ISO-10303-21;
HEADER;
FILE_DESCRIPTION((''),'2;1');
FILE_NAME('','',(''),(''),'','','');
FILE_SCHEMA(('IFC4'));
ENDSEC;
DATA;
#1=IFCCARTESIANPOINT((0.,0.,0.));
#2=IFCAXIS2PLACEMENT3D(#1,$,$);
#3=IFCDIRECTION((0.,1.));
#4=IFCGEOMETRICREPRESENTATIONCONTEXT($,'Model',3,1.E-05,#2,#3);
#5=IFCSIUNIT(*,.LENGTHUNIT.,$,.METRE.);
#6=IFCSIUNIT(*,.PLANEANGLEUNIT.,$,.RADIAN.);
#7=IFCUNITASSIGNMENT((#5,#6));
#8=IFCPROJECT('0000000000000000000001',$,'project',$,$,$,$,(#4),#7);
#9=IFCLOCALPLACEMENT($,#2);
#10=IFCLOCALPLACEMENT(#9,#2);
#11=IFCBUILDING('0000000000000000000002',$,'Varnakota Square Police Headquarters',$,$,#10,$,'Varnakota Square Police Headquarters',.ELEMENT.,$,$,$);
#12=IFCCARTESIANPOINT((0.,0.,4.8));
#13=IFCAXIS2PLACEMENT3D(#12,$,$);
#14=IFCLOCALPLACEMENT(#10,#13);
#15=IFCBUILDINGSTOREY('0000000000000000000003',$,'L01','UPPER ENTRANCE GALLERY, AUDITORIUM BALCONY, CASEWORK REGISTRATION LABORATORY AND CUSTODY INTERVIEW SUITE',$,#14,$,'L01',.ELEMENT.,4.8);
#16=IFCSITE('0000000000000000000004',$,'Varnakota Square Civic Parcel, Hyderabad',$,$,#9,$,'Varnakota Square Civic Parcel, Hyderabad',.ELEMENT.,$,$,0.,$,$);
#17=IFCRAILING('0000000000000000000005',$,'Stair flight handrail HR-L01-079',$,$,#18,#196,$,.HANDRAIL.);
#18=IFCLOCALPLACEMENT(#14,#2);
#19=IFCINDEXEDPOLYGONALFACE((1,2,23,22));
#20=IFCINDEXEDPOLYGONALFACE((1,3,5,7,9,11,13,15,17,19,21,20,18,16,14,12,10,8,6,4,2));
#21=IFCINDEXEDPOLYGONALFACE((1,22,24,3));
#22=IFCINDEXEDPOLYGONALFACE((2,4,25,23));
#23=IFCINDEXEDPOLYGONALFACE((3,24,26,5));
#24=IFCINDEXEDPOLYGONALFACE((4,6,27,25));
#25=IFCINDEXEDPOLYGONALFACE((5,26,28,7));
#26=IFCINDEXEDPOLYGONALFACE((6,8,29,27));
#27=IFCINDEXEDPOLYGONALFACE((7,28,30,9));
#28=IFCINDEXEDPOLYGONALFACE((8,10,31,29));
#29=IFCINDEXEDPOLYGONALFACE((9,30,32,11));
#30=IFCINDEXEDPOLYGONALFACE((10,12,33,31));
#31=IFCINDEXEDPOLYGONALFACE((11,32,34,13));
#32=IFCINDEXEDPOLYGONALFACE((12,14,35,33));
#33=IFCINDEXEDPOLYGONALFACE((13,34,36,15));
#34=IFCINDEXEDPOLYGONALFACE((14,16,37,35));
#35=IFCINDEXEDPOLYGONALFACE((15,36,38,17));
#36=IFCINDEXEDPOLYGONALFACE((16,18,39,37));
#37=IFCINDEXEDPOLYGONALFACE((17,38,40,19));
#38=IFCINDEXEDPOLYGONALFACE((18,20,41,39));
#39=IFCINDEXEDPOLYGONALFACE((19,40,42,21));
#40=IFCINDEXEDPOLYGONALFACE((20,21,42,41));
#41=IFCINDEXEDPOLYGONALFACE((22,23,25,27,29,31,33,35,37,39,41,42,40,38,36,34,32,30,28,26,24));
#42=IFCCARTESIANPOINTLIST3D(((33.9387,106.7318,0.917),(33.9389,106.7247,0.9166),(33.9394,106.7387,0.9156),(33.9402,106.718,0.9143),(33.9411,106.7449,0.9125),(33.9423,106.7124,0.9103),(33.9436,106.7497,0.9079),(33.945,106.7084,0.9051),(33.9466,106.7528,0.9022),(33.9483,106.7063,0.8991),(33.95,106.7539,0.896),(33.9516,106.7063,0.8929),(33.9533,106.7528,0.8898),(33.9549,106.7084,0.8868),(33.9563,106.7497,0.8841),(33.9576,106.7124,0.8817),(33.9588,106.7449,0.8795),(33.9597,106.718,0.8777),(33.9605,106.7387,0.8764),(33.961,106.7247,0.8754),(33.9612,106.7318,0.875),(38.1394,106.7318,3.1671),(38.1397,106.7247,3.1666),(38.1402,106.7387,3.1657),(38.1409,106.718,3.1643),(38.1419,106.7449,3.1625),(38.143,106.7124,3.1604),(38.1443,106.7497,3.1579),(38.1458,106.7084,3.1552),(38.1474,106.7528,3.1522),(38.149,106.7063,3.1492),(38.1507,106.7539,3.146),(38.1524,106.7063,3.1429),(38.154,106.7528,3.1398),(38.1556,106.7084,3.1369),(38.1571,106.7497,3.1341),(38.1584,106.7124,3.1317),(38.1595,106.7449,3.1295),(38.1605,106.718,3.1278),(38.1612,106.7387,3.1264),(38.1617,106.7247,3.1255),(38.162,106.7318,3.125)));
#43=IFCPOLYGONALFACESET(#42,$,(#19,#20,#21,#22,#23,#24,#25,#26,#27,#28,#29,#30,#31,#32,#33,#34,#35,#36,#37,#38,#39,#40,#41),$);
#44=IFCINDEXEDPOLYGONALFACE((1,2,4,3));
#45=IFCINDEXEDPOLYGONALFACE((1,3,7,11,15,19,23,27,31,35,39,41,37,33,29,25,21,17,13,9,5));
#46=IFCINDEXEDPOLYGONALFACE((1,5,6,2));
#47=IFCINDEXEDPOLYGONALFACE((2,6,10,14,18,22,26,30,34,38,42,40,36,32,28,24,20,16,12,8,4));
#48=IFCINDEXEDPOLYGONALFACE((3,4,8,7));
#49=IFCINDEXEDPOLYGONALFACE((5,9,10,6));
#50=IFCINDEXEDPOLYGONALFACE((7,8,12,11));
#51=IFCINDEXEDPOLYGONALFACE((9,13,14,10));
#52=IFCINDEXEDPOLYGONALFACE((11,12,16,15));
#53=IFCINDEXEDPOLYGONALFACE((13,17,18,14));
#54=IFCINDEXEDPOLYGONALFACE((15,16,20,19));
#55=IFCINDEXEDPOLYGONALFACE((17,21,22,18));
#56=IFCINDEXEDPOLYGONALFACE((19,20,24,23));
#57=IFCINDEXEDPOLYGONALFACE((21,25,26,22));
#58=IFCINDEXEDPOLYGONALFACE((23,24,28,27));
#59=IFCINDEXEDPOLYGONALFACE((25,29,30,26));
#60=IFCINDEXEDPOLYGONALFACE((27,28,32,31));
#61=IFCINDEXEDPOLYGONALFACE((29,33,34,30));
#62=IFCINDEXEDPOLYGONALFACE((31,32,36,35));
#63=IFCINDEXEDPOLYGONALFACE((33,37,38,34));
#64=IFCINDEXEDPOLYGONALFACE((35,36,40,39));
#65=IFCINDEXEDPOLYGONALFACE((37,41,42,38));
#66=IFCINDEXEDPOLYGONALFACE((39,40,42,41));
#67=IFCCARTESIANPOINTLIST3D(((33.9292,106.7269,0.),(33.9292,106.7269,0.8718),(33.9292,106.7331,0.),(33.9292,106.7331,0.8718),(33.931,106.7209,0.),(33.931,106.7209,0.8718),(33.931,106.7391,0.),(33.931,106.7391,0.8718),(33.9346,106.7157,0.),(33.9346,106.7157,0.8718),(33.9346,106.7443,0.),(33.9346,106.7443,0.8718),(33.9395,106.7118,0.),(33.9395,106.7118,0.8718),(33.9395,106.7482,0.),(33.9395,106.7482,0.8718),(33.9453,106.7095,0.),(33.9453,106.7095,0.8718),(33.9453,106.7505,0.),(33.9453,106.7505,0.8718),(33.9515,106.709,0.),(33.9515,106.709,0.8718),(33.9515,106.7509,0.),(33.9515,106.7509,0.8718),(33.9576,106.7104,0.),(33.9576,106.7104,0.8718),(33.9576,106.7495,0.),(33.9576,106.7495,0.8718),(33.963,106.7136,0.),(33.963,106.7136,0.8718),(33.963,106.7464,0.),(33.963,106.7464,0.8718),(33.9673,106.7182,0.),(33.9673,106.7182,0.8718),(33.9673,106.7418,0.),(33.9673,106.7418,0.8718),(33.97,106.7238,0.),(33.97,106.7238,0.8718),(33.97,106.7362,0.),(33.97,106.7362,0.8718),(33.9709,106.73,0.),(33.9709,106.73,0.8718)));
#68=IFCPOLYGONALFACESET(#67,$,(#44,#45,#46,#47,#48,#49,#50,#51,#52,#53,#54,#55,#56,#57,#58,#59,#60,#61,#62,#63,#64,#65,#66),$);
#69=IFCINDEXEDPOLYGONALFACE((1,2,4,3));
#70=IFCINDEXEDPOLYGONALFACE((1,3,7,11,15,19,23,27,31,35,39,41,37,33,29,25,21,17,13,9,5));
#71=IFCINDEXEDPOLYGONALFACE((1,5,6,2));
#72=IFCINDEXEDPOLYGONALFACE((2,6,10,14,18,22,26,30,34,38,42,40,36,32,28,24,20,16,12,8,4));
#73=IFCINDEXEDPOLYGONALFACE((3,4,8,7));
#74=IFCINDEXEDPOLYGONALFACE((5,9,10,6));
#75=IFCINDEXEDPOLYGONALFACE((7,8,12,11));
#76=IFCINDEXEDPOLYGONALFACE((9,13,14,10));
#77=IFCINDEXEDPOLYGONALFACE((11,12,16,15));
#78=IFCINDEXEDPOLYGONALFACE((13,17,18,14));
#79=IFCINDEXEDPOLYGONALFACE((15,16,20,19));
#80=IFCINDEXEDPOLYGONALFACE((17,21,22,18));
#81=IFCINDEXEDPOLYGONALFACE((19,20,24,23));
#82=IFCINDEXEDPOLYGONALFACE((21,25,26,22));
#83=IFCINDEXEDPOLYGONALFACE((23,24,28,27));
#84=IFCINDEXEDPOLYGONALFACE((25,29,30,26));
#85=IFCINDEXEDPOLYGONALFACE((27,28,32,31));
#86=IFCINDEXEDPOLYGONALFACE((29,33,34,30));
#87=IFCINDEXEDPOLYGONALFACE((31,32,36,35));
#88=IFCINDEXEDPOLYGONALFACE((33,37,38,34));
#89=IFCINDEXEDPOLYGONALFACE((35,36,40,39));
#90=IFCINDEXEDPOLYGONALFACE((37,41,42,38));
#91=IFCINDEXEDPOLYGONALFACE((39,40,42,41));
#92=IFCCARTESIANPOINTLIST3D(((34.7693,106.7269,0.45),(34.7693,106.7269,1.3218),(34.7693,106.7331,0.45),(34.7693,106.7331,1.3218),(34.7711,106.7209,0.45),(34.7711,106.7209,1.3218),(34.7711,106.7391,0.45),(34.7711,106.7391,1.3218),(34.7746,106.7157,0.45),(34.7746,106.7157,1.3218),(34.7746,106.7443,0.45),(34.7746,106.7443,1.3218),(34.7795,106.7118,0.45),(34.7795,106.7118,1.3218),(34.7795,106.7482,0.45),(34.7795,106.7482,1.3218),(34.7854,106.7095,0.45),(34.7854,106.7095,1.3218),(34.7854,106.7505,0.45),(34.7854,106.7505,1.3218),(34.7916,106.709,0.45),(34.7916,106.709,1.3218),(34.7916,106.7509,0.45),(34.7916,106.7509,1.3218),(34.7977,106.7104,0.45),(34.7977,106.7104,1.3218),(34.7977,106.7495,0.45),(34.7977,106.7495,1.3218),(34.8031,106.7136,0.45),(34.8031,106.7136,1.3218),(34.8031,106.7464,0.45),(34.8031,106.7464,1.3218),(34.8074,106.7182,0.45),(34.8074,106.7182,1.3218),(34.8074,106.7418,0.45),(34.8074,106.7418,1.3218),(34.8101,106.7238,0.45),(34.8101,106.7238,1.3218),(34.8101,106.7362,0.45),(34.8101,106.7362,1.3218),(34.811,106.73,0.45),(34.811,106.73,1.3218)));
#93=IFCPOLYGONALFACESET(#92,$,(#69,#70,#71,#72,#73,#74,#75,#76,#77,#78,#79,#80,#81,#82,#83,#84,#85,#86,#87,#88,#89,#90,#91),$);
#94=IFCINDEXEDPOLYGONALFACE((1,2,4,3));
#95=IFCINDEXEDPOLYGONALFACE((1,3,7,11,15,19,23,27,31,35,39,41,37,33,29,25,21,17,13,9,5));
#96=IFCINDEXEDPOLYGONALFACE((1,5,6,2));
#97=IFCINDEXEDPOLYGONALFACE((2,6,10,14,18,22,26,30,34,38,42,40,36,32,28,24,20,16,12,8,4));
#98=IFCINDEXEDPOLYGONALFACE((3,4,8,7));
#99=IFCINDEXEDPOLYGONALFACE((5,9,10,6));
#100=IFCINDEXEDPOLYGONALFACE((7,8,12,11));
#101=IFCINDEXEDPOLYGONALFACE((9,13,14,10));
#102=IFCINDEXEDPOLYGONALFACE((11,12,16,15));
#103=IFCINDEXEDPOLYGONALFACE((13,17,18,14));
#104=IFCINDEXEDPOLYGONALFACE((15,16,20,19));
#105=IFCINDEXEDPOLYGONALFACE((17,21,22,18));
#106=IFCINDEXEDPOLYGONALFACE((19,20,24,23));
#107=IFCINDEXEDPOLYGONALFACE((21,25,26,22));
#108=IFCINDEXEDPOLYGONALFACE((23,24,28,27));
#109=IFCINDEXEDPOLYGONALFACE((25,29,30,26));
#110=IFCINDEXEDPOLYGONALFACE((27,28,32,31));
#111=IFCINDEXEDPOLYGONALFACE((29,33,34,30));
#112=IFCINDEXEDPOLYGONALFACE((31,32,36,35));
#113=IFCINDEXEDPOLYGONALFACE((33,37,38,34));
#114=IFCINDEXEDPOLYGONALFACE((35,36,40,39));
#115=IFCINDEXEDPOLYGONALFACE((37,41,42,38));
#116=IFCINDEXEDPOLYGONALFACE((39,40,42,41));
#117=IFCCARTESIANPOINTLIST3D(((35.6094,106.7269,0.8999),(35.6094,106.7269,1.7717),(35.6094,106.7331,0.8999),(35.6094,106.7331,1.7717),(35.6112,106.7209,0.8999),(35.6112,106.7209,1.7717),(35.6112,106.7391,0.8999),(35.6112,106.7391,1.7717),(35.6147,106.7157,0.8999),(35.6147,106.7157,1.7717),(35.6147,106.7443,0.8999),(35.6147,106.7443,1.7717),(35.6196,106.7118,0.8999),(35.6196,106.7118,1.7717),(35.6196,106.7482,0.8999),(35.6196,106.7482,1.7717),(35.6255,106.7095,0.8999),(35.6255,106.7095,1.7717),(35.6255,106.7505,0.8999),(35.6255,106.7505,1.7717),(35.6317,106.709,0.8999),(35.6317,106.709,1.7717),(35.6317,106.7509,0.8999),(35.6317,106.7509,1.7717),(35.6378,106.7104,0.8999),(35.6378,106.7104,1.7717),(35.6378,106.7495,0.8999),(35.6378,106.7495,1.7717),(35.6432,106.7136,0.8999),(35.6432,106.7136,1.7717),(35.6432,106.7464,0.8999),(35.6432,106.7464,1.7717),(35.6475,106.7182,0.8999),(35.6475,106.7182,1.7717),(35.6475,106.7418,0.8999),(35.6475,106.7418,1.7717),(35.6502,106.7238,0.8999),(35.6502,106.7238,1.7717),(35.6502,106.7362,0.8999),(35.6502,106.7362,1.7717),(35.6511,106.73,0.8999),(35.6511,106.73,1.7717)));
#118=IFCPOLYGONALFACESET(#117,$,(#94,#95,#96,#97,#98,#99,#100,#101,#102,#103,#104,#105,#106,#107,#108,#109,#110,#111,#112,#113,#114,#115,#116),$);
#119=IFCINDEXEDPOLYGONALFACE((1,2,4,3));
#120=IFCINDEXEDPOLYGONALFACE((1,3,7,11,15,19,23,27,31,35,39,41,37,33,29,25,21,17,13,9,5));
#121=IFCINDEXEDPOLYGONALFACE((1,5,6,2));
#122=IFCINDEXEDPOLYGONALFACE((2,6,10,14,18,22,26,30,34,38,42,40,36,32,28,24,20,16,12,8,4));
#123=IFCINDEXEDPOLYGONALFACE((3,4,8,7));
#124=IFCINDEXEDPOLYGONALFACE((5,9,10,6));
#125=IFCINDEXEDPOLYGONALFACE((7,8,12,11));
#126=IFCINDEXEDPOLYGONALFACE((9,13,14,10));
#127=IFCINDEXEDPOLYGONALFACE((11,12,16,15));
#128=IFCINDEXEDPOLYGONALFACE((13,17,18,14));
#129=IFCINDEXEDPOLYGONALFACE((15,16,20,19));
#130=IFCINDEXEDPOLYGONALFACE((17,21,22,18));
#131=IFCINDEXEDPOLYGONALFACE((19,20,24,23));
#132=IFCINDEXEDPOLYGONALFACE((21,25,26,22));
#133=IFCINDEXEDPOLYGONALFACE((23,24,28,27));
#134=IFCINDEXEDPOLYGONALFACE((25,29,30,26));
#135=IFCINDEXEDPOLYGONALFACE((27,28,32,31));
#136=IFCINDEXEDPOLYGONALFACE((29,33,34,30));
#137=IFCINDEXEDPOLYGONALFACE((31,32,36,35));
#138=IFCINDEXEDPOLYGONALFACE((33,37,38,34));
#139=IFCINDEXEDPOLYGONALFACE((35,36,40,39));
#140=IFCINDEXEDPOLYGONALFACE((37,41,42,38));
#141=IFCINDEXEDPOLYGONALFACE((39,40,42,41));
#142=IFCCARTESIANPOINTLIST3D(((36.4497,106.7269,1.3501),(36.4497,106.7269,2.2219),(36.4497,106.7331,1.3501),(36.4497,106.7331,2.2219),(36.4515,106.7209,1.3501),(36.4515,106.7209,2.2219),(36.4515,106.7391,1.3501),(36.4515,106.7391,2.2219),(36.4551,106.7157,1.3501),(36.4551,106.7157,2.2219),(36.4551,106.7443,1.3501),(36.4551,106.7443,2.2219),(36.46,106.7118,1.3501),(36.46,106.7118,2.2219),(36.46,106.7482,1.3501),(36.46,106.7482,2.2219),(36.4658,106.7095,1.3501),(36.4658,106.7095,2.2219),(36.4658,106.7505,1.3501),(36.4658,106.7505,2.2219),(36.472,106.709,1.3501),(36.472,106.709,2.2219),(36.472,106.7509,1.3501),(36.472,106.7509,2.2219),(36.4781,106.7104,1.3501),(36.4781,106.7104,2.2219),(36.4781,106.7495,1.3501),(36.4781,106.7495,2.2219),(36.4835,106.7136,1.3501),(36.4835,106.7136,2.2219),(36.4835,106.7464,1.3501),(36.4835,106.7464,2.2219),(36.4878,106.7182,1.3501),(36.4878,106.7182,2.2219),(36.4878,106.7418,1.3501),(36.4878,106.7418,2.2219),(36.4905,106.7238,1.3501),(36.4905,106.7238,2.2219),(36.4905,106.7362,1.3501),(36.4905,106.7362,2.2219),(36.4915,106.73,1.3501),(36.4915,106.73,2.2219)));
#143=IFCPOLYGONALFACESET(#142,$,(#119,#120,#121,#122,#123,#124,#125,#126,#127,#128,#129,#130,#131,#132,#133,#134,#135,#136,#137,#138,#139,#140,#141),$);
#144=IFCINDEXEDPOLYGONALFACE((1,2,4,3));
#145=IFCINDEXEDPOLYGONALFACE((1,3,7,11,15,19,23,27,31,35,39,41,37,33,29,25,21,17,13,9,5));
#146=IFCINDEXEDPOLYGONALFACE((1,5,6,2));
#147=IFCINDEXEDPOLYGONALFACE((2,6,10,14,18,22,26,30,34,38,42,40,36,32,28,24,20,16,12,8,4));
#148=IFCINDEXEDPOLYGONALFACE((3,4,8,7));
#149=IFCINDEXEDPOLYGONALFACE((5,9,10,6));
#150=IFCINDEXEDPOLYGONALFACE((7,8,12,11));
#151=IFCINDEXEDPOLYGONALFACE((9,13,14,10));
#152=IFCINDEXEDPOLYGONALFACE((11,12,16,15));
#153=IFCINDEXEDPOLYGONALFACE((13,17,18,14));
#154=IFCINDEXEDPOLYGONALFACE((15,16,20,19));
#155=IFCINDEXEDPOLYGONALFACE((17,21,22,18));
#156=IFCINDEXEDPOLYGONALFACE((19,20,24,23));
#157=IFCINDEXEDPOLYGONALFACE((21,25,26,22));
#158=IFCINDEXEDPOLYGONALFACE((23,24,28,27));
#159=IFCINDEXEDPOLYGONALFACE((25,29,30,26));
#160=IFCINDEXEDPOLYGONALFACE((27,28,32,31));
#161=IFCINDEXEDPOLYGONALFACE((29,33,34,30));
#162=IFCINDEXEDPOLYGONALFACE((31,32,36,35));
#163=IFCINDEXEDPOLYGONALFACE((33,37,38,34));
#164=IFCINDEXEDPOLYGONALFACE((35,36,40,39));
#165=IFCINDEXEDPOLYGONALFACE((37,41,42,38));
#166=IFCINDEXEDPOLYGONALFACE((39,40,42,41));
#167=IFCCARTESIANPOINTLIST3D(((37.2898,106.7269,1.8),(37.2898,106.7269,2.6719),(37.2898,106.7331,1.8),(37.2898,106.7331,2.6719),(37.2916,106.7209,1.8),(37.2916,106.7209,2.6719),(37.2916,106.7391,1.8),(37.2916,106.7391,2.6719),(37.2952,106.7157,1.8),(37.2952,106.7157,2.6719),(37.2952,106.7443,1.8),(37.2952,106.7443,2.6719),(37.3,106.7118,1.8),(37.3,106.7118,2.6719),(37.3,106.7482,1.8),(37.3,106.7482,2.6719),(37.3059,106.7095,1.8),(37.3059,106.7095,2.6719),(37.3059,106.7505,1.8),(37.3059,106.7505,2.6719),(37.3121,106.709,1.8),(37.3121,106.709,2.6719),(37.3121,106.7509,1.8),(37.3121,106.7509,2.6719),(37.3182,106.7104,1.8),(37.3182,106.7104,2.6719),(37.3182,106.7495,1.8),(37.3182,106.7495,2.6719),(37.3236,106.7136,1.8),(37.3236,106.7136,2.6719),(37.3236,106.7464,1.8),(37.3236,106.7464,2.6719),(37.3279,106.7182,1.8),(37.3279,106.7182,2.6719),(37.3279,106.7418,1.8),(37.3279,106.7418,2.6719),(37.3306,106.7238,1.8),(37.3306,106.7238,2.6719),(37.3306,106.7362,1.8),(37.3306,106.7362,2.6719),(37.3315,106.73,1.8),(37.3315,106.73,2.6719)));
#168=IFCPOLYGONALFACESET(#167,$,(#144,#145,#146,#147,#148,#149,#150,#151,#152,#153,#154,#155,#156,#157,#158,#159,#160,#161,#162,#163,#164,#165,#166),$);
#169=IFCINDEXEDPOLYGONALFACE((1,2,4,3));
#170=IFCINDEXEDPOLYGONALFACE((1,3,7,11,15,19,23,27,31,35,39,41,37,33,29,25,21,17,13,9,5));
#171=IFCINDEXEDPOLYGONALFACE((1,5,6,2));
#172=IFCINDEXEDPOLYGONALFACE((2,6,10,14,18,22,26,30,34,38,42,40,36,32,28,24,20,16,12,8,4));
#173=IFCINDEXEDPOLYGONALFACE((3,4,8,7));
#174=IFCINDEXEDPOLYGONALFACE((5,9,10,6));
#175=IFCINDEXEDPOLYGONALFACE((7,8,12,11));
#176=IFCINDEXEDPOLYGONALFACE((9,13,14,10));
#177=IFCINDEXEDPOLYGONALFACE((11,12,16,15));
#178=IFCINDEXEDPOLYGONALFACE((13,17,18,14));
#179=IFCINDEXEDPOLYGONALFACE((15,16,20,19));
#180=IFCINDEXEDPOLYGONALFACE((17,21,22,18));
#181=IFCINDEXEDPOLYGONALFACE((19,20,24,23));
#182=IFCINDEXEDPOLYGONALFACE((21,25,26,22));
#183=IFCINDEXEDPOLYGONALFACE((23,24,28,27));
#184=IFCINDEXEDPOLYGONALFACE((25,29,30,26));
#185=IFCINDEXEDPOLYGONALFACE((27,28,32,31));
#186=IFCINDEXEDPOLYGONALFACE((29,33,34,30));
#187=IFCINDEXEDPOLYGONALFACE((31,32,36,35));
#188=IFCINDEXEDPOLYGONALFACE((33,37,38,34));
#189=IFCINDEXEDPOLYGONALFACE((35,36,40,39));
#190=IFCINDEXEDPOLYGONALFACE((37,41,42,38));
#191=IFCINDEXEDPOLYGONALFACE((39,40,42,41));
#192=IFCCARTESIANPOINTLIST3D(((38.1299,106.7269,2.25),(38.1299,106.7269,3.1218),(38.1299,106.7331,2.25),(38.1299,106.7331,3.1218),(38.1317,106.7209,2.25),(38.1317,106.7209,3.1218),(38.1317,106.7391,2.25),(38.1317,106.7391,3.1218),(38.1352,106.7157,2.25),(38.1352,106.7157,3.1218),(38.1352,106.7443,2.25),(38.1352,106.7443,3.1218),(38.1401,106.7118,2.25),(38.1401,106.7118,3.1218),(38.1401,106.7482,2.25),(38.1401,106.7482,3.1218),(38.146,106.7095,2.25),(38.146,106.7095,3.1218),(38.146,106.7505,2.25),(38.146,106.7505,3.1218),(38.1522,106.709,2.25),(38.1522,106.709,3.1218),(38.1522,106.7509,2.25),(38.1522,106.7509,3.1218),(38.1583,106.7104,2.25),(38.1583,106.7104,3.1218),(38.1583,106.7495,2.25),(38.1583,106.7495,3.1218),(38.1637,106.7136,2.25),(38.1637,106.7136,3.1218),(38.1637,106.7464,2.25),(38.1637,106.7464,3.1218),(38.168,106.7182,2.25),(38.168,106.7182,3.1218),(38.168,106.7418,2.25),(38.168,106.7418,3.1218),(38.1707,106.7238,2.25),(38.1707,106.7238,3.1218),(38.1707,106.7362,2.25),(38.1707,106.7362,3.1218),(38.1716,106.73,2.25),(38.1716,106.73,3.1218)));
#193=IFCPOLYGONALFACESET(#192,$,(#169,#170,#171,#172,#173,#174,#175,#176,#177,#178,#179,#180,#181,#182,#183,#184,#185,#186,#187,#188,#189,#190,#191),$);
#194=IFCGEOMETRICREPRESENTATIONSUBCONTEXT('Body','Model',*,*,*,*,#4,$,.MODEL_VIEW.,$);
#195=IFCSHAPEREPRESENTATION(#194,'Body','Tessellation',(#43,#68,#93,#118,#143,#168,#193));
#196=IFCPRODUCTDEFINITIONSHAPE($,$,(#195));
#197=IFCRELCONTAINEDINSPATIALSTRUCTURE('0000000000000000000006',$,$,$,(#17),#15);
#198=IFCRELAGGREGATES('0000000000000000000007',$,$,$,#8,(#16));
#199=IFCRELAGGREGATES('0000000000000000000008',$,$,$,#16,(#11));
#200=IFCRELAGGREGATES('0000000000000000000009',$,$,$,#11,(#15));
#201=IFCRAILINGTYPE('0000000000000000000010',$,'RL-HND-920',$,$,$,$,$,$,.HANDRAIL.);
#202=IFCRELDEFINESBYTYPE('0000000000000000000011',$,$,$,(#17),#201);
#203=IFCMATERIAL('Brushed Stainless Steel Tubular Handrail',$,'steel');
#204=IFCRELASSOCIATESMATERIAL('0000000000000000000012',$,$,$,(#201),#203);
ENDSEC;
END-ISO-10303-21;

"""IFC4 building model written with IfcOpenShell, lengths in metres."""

from ifc_helpers import new_model, si_unit, direction, frame, origin, origin_2d, place, context, subcontext, project, spatial, circle, extrude, material, type_object, element, save


model = new_model("IFC4")

# Units and contexts
model_context = context("Model", 3, precision=1e-05, world=origin(), true_north=direction((0.0, 1.0)))
body_context = subcontext(model_context, "Body", "Model", "MODEL_VIEW")
ifc_project = project(units=[si_unit("LENGTHUNIT", "METRE"), si_unit("PLANEANGLEUNIT", "RADIAN")], contexts=[model_context])

# Site, building, storey
site_placement = place(None, origin())
site = spatial("IfcSite", under=ifc_project, at=site_placement, Name="Varnakota Square Civic Parcel, Hyderabad", LongName="Varnakota Square Civic Parcel, Hyderabad", CompositionType="ELEMENT", RefElevation=0.0)
building_placement = place(site_placement, origin())
building = spatial("IfcBuilding", under=site, at=building_placement, Name="Varnakota Square Police Headquarters", LongName="Varnakota Square Police Headquarters", CompositionType="ELEMENT")
storey_placement = place(building_placement, frame((0.0, 0.0, 4.8)))
storey = spatial("IfcBuildingStorey", under=building, at=storey_placement, Name="L01", Description="UPPER ENTRANCE GALLERY, AUDITORIUM BALCONY, CASEWORK REGISTRATION LABORATORY AND CUSTODY INTERVIEW SUITE", LongName="L01", CompositionType="ELEMENT", Elevation=4.8)

# Railing
ifc_material_1 = material(Name="Brushed Stainless Steel Tubular Handrail", Category="steel")
railing_type_1 = type_object("IfcRailingType", Name="RL-HND-920", PredefinedType="HANDRAIL", material=ifc_material_1)
railing_1_placement = place(storey_placement, frame((33.95, 106.73, 0.0)))
element("IfcRailing", 1, at=railing_1_placement, inside=storey, type_object=railing_type_1, Name="Stair flight handrail HR-L01-079", PredefinedType="HANDRAIL", context=body_context, shape_type="SweptSolid", body=[
    extrude(circle(Radius=0.0239, at=origin_2d()), frame((0.0, 0.0, 0.896), z_axis=(0.881512, 0.0, 0.472162), x_axis=(0.0, 1.0, 0.0)), (0.0, 0.0, 1.0), 4.7654),
    extrude(circle(Radius=0.021, at=origin_2d()), origin(), (0.0, 0.0, 1.0), 0.8718),
    extrude(circle(Radius=0.021, at=origin_2d()), frame((0.8401, 0.0, 0.45)), (0.0, 0.0, 1.0), 0.8718),
    extrude(circle(Radius=0.021, at=origin_2d()), frame((1.6802, 0.0, 0.8999)), (0.0, 0.0, 1.0), 0.8718),
    extrude(circle(Radius=0.021, at=origin_2d()), frame((2.5205, 0.0, 1.3501)), (0.0, 0.0, 1.0), 0.8718),
    extrude(circle(Radius=0.021, at=origin_2d()), frame((3.3606, 0.0, 1.8)), (0.0, 0.0, 1.0), 0.8718),
    extrude(circle(Radius=0.021, at=origin_2d()), frame((4.2007, 0.0, 2.25)), (0.0, 0.0, 1.0), 0.8718),
])

save(model, "model.ifc")
